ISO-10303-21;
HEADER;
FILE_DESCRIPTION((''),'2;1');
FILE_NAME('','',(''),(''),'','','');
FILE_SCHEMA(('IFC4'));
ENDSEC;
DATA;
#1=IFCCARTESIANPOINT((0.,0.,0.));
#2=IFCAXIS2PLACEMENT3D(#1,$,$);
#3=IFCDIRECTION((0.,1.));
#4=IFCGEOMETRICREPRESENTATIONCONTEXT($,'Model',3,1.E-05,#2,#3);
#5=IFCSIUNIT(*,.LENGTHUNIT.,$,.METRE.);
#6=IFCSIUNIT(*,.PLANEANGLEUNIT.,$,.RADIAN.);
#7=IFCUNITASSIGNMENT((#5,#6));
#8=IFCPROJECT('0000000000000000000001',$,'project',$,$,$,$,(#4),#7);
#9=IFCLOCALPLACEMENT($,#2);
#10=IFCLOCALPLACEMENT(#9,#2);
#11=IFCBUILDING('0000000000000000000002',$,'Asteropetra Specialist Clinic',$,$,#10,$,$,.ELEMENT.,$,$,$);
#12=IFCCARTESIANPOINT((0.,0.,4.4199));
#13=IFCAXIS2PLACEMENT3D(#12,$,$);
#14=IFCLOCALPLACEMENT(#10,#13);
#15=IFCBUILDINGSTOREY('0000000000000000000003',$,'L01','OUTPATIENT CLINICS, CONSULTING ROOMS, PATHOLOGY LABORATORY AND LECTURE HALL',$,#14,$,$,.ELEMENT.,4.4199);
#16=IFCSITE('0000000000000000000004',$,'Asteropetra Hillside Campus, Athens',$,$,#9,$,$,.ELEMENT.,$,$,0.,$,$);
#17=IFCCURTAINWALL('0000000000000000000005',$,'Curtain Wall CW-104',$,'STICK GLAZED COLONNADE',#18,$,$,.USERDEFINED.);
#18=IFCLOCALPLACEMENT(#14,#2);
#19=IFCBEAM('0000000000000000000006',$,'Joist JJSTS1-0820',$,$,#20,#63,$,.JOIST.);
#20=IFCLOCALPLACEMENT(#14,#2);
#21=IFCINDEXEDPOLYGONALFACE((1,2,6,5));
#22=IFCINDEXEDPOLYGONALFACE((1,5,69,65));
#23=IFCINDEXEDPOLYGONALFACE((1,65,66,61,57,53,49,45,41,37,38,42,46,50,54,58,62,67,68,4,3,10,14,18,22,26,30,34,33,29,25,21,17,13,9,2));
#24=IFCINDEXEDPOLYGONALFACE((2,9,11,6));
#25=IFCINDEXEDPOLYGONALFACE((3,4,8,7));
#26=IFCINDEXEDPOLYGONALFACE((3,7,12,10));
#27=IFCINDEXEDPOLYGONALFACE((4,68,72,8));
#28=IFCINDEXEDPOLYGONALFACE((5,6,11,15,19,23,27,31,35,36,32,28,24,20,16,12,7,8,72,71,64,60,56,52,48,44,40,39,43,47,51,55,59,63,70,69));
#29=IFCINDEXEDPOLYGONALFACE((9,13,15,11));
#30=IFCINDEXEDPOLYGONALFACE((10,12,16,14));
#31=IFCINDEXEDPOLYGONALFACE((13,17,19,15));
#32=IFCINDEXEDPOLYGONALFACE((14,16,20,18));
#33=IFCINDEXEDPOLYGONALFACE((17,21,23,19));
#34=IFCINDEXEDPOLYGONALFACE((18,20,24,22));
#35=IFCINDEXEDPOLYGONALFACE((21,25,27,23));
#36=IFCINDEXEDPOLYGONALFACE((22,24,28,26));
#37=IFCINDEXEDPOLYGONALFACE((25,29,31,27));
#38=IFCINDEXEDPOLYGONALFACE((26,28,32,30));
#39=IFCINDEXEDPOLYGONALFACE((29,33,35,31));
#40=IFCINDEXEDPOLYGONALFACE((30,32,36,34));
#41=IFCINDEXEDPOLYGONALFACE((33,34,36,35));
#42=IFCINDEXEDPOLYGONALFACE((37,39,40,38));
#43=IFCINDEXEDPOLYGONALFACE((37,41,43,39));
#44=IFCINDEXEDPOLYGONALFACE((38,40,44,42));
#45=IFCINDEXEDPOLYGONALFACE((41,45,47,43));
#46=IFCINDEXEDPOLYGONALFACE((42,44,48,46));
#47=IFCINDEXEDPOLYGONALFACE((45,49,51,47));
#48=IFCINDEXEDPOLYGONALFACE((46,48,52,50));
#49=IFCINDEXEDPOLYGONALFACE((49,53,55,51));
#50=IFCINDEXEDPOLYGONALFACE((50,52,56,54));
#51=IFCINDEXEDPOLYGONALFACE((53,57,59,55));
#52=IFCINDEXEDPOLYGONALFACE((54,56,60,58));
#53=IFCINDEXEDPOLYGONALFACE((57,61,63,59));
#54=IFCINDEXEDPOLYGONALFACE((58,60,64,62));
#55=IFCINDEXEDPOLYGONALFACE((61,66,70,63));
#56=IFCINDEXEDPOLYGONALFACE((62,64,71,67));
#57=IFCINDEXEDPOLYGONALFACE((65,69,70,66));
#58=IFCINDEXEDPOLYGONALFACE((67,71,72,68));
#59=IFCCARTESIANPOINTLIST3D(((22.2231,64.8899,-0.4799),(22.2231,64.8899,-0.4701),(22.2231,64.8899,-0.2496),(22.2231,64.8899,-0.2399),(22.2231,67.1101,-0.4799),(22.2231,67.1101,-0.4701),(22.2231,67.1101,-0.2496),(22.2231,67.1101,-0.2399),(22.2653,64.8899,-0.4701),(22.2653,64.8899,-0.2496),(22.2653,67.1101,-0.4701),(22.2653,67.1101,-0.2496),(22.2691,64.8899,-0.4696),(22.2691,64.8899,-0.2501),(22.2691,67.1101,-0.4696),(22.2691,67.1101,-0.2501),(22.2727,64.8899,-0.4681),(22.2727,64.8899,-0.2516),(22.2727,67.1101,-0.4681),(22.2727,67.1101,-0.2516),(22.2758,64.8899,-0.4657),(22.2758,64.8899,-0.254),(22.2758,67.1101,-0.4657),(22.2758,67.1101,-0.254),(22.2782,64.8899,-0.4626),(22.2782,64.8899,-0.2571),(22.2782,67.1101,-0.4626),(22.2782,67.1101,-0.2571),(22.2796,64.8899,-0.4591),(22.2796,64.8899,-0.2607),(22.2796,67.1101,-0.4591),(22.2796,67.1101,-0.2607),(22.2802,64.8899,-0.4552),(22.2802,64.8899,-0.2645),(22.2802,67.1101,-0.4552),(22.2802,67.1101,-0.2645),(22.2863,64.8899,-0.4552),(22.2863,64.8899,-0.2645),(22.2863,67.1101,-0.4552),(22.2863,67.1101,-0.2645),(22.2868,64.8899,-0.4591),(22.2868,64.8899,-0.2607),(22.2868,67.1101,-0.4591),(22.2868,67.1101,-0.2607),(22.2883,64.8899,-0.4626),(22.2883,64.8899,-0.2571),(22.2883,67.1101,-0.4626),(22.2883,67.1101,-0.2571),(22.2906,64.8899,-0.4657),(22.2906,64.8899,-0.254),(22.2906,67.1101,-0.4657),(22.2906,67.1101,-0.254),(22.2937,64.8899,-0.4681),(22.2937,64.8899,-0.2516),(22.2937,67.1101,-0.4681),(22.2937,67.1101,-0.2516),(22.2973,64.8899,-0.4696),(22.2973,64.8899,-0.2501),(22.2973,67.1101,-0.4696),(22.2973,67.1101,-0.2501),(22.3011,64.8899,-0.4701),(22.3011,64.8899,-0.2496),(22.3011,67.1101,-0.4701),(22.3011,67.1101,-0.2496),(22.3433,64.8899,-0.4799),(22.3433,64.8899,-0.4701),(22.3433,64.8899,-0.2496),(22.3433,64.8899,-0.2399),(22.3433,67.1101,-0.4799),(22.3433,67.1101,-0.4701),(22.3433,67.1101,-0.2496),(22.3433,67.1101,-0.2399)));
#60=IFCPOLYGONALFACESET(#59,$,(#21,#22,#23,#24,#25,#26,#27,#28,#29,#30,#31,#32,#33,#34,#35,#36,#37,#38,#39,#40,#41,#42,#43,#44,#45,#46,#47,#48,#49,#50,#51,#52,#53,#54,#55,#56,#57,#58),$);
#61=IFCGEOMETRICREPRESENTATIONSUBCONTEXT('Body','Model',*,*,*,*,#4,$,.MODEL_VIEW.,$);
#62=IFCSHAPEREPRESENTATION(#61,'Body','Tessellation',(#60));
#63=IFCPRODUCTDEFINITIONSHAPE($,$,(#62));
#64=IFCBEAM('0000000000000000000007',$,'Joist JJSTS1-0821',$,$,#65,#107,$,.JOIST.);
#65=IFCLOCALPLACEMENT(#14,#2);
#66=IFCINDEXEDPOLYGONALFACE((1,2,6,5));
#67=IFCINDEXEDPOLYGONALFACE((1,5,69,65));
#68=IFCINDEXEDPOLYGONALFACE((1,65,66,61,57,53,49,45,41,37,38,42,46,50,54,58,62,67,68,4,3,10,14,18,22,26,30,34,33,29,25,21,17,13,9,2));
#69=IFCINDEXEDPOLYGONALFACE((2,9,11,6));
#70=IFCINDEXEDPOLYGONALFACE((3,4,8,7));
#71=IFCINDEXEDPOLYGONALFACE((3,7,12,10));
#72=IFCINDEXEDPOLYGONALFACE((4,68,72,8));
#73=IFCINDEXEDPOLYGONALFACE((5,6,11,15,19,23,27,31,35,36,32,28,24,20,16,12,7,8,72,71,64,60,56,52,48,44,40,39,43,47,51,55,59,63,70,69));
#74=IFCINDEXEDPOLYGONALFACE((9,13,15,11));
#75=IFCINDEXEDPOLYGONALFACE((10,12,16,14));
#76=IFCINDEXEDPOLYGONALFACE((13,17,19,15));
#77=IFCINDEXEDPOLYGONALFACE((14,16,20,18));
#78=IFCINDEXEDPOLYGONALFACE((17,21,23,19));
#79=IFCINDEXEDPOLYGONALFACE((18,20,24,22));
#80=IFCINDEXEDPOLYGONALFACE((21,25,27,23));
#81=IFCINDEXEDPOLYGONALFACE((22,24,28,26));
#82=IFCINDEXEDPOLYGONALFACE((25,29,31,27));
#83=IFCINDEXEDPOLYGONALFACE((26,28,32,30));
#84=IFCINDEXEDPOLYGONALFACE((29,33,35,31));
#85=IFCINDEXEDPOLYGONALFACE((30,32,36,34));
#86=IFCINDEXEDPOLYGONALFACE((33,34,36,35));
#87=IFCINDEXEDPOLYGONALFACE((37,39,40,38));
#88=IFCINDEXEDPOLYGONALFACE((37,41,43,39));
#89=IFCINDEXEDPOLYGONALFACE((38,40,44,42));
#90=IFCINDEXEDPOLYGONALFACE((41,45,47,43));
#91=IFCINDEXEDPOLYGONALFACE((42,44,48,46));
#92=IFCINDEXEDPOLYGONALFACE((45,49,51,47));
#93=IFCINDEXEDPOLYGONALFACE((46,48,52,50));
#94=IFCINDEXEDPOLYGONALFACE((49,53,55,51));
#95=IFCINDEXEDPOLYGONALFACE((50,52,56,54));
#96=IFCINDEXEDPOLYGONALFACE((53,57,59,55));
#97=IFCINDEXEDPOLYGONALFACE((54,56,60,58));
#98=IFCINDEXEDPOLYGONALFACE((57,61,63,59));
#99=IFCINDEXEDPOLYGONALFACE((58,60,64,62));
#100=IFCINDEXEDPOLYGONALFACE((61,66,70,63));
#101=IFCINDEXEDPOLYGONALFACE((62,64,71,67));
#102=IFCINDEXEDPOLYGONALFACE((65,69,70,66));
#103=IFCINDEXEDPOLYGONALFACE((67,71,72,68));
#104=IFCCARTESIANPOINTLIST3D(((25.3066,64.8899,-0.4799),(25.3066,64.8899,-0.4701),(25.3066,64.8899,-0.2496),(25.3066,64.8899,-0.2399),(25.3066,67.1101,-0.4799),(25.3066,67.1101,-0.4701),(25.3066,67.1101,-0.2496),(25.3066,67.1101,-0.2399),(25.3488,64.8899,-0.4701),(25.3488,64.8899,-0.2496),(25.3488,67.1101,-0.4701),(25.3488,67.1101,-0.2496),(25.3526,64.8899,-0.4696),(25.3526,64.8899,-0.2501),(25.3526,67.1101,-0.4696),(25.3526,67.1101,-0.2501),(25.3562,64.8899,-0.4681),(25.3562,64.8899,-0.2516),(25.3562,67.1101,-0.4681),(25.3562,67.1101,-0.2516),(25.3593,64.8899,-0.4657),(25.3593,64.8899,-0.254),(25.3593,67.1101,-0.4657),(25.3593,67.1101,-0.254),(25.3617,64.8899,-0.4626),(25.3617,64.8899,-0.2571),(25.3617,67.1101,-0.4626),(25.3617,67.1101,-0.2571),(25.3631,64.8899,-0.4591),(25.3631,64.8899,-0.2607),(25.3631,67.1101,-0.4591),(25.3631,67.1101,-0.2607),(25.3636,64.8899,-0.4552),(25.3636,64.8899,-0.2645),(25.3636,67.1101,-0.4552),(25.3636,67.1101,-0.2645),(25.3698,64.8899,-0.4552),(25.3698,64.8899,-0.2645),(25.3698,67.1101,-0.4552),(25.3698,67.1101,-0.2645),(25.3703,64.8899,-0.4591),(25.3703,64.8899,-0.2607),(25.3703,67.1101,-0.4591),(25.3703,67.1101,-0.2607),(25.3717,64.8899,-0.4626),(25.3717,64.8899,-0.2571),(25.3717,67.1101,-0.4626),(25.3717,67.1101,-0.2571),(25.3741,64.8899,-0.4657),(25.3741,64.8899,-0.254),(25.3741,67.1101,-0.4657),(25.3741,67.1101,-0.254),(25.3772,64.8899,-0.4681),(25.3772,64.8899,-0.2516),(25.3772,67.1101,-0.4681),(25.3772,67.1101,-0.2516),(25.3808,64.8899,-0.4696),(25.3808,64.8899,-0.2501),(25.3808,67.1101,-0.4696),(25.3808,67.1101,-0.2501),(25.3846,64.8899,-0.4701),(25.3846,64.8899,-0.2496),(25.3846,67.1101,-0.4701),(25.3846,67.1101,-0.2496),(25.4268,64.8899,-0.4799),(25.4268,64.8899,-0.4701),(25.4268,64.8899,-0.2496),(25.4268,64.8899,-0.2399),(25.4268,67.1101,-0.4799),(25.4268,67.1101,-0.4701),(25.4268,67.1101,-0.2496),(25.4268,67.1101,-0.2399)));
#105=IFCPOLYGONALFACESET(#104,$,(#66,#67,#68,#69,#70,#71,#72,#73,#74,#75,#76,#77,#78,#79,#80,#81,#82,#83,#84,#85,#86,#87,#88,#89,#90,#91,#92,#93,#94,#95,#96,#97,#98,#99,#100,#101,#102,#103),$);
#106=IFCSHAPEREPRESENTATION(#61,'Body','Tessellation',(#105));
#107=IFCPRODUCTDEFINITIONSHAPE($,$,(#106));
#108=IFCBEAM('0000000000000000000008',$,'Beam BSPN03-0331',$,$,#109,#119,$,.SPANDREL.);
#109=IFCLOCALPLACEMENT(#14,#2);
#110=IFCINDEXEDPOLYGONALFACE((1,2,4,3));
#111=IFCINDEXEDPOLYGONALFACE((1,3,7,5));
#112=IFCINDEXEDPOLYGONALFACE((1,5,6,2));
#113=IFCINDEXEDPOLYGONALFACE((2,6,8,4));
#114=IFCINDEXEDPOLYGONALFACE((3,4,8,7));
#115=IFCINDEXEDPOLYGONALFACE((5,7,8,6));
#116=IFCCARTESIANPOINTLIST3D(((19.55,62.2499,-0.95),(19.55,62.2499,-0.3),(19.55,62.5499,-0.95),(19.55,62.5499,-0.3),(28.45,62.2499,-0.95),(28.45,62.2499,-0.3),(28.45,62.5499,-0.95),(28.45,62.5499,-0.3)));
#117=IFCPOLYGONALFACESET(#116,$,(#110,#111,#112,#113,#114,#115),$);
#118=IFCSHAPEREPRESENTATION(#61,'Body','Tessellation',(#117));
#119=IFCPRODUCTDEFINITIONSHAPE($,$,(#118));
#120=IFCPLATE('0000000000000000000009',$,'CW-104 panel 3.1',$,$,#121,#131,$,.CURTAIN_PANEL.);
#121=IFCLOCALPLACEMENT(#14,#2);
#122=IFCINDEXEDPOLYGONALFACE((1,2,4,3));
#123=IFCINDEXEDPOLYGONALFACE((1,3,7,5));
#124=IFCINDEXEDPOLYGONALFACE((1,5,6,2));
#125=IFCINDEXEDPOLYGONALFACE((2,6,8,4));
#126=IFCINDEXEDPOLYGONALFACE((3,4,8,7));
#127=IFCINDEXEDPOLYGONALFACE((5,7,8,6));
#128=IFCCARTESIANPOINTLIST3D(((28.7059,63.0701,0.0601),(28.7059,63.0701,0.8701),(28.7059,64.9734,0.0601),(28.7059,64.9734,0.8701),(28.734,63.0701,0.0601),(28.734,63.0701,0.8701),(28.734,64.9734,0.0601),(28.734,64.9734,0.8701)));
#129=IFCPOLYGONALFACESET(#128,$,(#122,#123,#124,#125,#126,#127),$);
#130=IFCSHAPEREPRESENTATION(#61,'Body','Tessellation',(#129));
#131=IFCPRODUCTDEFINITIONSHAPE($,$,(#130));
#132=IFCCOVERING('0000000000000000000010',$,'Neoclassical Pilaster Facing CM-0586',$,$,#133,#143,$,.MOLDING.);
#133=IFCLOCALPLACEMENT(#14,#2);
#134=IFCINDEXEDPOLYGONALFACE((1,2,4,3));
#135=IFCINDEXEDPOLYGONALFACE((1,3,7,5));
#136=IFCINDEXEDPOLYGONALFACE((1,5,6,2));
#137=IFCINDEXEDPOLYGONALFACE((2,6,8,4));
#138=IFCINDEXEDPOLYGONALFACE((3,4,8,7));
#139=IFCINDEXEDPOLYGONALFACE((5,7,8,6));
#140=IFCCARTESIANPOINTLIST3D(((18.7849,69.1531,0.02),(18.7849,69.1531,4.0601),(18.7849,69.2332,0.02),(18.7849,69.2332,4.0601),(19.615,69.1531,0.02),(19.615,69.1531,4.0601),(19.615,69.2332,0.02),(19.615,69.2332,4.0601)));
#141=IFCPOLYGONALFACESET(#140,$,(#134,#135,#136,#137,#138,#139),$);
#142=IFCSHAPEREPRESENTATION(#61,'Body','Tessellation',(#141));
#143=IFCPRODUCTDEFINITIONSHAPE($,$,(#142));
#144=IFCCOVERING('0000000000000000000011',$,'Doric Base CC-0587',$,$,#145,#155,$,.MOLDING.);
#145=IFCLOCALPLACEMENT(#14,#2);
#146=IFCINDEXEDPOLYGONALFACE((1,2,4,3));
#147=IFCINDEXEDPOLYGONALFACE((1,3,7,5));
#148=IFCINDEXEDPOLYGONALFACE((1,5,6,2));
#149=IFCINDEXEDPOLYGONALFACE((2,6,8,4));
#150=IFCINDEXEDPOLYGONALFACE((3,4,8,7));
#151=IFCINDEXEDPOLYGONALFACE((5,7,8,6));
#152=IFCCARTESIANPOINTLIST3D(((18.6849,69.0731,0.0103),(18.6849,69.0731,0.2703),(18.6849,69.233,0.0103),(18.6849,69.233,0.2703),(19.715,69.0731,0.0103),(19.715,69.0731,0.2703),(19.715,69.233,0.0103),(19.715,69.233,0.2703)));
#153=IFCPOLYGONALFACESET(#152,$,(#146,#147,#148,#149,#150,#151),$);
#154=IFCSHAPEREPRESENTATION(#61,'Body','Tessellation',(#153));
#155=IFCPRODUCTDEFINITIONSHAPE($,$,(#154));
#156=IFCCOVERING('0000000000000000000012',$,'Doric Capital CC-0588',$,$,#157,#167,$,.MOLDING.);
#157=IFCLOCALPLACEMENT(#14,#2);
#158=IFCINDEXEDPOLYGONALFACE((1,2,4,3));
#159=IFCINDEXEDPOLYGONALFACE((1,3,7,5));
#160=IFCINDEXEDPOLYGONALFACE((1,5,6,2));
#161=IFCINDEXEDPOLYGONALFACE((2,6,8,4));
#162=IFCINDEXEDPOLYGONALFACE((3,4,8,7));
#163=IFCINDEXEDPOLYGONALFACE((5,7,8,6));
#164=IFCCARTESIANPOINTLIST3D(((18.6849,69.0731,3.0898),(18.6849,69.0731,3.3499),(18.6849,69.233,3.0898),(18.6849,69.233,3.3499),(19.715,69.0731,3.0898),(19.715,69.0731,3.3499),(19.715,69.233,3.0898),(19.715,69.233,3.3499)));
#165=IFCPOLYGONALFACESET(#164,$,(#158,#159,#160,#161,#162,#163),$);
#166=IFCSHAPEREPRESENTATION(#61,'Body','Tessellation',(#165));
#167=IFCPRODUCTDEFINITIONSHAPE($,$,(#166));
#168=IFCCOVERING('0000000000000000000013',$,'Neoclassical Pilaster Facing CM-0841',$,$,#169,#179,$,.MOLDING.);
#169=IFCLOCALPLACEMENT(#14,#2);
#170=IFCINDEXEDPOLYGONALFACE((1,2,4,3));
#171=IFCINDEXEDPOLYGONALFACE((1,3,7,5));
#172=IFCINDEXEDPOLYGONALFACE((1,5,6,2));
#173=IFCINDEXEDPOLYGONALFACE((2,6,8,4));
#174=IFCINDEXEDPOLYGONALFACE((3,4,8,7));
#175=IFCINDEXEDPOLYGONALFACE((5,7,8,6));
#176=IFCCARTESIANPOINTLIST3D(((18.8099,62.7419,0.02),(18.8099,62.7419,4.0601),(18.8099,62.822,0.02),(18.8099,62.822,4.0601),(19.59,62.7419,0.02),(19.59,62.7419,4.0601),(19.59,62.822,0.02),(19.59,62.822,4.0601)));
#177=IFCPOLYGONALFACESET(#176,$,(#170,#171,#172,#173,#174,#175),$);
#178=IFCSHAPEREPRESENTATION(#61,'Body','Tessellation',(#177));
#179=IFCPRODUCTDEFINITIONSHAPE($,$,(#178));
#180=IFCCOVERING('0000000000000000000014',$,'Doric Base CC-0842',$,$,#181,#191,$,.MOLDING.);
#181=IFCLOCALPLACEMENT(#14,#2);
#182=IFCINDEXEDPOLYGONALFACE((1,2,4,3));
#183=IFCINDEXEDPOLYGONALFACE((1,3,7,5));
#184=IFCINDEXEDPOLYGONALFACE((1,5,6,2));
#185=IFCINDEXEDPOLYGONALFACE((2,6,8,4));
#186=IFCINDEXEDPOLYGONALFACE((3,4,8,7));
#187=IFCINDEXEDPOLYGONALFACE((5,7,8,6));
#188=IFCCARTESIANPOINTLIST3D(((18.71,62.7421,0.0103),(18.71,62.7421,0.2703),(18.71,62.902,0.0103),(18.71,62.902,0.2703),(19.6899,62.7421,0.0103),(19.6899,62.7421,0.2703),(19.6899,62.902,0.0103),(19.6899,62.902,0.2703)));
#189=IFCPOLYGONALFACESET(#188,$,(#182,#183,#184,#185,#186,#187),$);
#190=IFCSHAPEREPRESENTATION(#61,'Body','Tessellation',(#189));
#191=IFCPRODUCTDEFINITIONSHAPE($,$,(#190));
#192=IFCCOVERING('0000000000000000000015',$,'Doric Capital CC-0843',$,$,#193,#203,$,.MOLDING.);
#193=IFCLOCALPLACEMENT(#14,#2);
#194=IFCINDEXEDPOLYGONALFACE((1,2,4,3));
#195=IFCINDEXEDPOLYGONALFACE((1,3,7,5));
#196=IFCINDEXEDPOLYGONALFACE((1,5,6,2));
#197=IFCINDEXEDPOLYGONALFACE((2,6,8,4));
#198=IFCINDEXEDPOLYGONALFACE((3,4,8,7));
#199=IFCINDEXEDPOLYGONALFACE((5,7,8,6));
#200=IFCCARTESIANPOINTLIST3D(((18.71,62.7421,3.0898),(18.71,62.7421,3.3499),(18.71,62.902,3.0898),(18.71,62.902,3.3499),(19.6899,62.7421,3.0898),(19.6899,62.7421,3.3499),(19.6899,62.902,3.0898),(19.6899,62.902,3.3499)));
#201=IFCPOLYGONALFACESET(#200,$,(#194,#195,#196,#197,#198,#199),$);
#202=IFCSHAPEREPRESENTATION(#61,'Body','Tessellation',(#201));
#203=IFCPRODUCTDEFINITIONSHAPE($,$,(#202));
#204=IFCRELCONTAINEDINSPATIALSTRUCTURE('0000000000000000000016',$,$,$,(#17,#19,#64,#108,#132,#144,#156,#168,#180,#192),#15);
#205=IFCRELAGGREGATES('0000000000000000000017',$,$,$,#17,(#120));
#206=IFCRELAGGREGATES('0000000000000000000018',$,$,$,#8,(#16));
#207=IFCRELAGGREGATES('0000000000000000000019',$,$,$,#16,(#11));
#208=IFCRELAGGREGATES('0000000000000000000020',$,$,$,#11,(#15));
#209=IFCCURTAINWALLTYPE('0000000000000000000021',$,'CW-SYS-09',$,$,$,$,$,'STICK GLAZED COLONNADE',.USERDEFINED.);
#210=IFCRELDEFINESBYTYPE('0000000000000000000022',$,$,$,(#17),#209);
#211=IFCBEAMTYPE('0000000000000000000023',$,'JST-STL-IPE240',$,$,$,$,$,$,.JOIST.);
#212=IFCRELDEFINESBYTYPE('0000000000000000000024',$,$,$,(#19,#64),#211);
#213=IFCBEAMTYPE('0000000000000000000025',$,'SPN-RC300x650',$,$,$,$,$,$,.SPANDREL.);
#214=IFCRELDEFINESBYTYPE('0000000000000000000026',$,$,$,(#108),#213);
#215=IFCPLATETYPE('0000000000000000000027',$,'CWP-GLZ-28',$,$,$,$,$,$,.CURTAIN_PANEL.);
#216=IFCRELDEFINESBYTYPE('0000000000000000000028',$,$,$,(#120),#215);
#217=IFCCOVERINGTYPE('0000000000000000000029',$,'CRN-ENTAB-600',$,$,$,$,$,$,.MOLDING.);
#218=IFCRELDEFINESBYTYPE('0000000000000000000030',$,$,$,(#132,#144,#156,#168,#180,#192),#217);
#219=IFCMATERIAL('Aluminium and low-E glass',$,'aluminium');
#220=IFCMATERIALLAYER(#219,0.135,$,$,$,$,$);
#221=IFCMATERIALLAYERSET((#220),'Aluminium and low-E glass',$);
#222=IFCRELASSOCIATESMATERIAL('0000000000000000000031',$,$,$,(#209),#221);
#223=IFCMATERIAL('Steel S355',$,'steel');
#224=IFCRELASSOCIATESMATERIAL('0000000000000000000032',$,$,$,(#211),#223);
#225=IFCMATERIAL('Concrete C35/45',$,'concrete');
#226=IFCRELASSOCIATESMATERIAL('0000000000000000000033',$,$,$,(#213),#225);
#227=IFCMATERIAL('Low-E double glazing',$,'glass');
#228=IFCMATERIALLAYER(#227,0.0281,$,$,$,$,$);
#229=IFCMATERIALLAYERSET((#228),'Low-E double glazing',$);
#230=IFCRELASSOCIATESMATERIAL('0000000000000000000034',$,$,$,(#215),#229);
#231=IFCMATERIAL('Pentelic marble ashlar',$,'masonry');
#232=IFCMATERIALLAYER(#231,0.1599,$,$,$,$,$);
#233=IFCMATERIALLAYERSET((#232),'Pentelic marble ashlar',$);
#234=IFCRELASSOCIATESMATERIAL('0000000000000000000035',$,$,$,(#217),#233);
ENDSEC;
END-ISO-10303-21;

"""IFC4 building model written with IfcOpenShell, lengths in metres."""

from ifc_helpers import new_model, si_unit, direction, frame, origin, origin_2d, place, context, subcontext, project, spatial, rectangle, i_section, extrude, material, layer, layer_set, material_profile, profile_set, type_object, element, aggregate, save


model = new_model("IFC4")

# Units and contexts
model_context = context("Model", 3, precision=1e-05, world=origin(), true_north=direction((0.0, 1.0)))
body_context = subcontext(model_context, "Body", "Model", "MODEL_VIEW")
ifc_project = project(units=[si_unit("LENGTHUNIT", "METRE"), si_unit("PLANEANGLEUNIT", "RADIAN")], contexts=[model_context])

# Site, building, storey
site_placement = place(None, origin())
site = spatial("IfcSite", under=ifc_project, at=site_placement, Name="Asteropetra Hillside Campus, Athens", CompositionType="ELEMENT", RefElevation=0.0)
building_placement = place(site_placement, origin())
building = spatial("IfcBuilding", under=site, at=building_placement, Name="Asteropetra Specialist Clinic", CompositionType="ELEMENT")
storey_placement = place(building_placement, frame((0.0, 0.0, 4.4199)))
storey = spatial("IfcBuildingStorey", under=building, at=storey_placement, Name="L01", Description="OUTPATIENT CLINICS, CONSULTING ROOMS, PATHOLOGY LABORATORY AND LECTURE HALL", CompositionType="ELEMENT", Elevation=4.4199)

# Curtain wall
ifc_material_1 = material(Name="Aluminium and low-E glass", Category="aluminium")
ifc_layer_1 = layer(ifc_material_1, 0.135)
ifc_layer_set_1 = layer_set([ifc_layer_1], Name="Aluminium and low-E glass")
curtain_wall_type = type_object("IfcCurtainWallType", Name="CW-SYS-09", ElementType="STICK GLAZED COLONNADE", PredefinedType="USERDEFINED", material=ifc_layer_set_1)
curtain_wall_placement = place(storey_placement, origin())
curtain_wall = element("IfcCurtainWall", 1, at=curtain_wall_placement, inside=storey, type_object=curtain_wall_type, Name="Curtain Wall CW-104", ObjectType="STICK GLAZED COLONNADE", PredefinedType="USERDEFINED")

# Beams
ifc_material_2 = material(Name="Steel S355", Category="steel")
ifc_material_profile_1 = material_profile(ifc_material_2, i_section(OverallWidth=0.1201, OverallDepth=0.24, WebThickness=0.0061, FlangeThickness=0.0098, FilletRadius=0.0149, at=origin_2d()), Name="IPE 240")
ifc_profile_set_1 = profile_set([ifc_material_profile_1], Name="Steel S355")
beam_type_1 = type_object("IfcBeamType", Name="JST-STL-IPE240", PredefinedType="JOIST", material=ifc_profile_set_1)
for number, where, z_axis, x_axis, name in (
    (2, (22.2832, 64.8899, -0.3599), (0.0, 1.0, 0.0), (-1.0, 0.0, 0.0), "Joist JJSTS1-0820"),
    (3, (25.3667, 64.8899, -0.3599), (0.0, 1.0, 0.0), (-1.0, 0.0, 0.0), "Joist JJSTS1-0821"),
):
    element("IfcBeam", number, at=place(storey_placement, frame(where, z_axis=z_axis, x_axis=x_axis)), inside=storey, type_object=beam_type_1, Name=name, PredefinedType="JOIST", context=body_context, shape_type="SweptSolid", body=[
        extrude(i_section(OverallWidth=0.1201, OverallDepth=0.24, WebThickness=0.0061, FlangeThickness=0.0098, FilletRadius=0.0149, at=origin_2d()), origin(), (0.0, 0.0, 1.0), 2.2202),
    ])
ifc_material_3 = material(Name="Concrete C35/45", Category="concrete")
ifc_material_profile_2 = material_profile(ifc_material_3, rectangle(XDim=0.3, YDim=0.6499, at=origin_2d()), Name="RCS 300x650")
ifc_profile_set_2 = profile_set([ifc_material_profile_2], Name="Concrete C35/45")
beam_type_2 = type_object("IfcBeamType", Name="SPN-RC300x650", PredefinedType="SPANDREL", material=ifc_profile_set_2)
beam_placement = place(storey_placement, frame((19.55, 62.3999, -0.625), z_axis=(1.0, 0.0, 0.0), x_axis=(0.0, 1.0, 0.0)))
element("IfcBeam", 4, at=beam_placement, inside=storey, type_object=beam_type_2, Name="Beam BSPN03-0331", PredefinedType="SPANDREL", context=body_context, shape_type="SweptSolid", body=[
    extrude(rectangle(XDim=0.3, YDim=0.6499, at=origin_2d()), origin(), (0.0, 0.0, 1.0), 8.8999),
])

# Plate
ifc_material_4 = material(Name="Low-E double glazing", Category="glass")
ifc_layer_2 = layer(ifc_material_4, 0.0281)
ifc_layer_set_2 = layer_set([ifc_layer_2], Name="Low-E double glazing")
plate_type = type_object("IfcPlateType", Name="CWP-GLZ-28", PredefinedType="CURTAIN_PANEL", material=ifc_layer_set_2)
plate_placement = place(storey_placement, frame((28.72, 64.0217, 0.0601), z_axis=(0.0, 0.0, 1.0), x_axis=(0.0, -1.0, 0.0)))
plate = element("IfcPlate", 5, at=plate_placement, type_object=plate_type, Name="CW-104 panel 3.1", PredefinedType="CURTAIN_PANEL", context=body_context, shape_type="SweptSolid", body=[
    extrude(rectangle(XDim=1.9033, YDim=0.0281, at=origin_2d()), origin(), (0.0, 0.0, 1.0), 0.8101),
])
aggregate(curtain_wall, [plate])

# Coverings
ifc_material_5 = material(Name="Pentelic marble ashlar", Category="masonry")
ifc_layer_3 = layer(ifc_material_5, 0.1599)
ifc_layer_set_3 = layer_set([ifc_layer_3], Name="Pentelic marble ashlar")
covering_type = type_object("IfcCoveringType", Name="CRN-ENTAB-600", PredefinedType="MOLDING", material=ifc_layer_set_3)
covering_1_placement = place(storey_placement, frame((19.2, 69.1931, 0.02), z_axis=(0.0, 0.0, 1.0), x_axis=(1.0, 0.0, 0.0)))
element("IfcCovering", 6, at=covering_1_placement, inside=storey, type_object=covering_type, Name="Neoclassical Pilaster Facing CM-0586", PredefinedType="MOLDING", context=body_context, shape_type="SweptSolid", body=[
    extrude(rectangle(XDim=0.8301, YDim=0.0801, at=origin_2d()), origin(), (0.0, 0.0, 1.0), 4.04),
])
for number, where, z_axis, x_axis, name in (
    (7, (19.2, 69.1531, 0.0103), (0.0, 0.0, 1.0), (1.0, 0.0, 0.0), "Doric Base CC-0587"),
    (8, (19.2, 69.1531, 3.0898), (0.0, 0.0, 1.0), (1.0, 0.0, 0.0), "Doric Capital CC-0588"),
):
    element("IfcCovering", number, at=place(storey_placement, frame(where, z_axis=z_axis, x_axis=x_axis)), inside=storey, type_object=covering_type, Name=name, PredefinedType="MOLDING", context=body_context, shape_type="SweptSolid", body=[
        extrude(rectangle(XDim=1.03, YDim=0.1599, at=origin_2d()), origin(), (0.0, 0.0, 1.0), 0.26),
    ])
covering_2_placement = place(storey_placement, frame((19.2, 62.782, 0.02), z_axis=(0.0, 0.0, 1.0), x_axis=(1.0, 0.0, 0.0)))
element("IfcCovering", 9, at=covering_2_placement, inside=storey, type_object=covering_type, Name="Neoclassical Pilaster Facing CM-0841", PredefinedType="MOLDING", context=body_context, shape_type="SweptSolid", body=[
    extrude(rectangle(XDim=0.78, YDim=0.0801, at=origin_2d()), origin(), (0.0, 0.0, 1.0), 4.04),
])
for number, where, z_axis, x_axis, name in (
    (10, (19.2, 62.822, 0.0103), (0.0, 0.0, 1.0), (1.0, 0.0, 0.0), "Doric Base CC-0842"),
    (11, (19.2, 62.822, 3.0898), (0.0, 0.0, 1.0), (1.0, 0.0, 0.0), "Doric Capital CC-0843"),
):
    element("IfcCovering", number, at=place(storey_placement, frame(where, z_axis=z_axis, x_axis=x_axis)), inside=storey, type_object=covering_type, Name=name, PredefinedType="MOLDING", context=body_context, shape_type="SweptSolid", body=[
        extrude(rectangle(XDim=0.98, YDim=0.1599, at=origin_2d()), origin(), (0.0, 0.0, 1.0), 0.26),
    ])

save(model, "model.ifc")
